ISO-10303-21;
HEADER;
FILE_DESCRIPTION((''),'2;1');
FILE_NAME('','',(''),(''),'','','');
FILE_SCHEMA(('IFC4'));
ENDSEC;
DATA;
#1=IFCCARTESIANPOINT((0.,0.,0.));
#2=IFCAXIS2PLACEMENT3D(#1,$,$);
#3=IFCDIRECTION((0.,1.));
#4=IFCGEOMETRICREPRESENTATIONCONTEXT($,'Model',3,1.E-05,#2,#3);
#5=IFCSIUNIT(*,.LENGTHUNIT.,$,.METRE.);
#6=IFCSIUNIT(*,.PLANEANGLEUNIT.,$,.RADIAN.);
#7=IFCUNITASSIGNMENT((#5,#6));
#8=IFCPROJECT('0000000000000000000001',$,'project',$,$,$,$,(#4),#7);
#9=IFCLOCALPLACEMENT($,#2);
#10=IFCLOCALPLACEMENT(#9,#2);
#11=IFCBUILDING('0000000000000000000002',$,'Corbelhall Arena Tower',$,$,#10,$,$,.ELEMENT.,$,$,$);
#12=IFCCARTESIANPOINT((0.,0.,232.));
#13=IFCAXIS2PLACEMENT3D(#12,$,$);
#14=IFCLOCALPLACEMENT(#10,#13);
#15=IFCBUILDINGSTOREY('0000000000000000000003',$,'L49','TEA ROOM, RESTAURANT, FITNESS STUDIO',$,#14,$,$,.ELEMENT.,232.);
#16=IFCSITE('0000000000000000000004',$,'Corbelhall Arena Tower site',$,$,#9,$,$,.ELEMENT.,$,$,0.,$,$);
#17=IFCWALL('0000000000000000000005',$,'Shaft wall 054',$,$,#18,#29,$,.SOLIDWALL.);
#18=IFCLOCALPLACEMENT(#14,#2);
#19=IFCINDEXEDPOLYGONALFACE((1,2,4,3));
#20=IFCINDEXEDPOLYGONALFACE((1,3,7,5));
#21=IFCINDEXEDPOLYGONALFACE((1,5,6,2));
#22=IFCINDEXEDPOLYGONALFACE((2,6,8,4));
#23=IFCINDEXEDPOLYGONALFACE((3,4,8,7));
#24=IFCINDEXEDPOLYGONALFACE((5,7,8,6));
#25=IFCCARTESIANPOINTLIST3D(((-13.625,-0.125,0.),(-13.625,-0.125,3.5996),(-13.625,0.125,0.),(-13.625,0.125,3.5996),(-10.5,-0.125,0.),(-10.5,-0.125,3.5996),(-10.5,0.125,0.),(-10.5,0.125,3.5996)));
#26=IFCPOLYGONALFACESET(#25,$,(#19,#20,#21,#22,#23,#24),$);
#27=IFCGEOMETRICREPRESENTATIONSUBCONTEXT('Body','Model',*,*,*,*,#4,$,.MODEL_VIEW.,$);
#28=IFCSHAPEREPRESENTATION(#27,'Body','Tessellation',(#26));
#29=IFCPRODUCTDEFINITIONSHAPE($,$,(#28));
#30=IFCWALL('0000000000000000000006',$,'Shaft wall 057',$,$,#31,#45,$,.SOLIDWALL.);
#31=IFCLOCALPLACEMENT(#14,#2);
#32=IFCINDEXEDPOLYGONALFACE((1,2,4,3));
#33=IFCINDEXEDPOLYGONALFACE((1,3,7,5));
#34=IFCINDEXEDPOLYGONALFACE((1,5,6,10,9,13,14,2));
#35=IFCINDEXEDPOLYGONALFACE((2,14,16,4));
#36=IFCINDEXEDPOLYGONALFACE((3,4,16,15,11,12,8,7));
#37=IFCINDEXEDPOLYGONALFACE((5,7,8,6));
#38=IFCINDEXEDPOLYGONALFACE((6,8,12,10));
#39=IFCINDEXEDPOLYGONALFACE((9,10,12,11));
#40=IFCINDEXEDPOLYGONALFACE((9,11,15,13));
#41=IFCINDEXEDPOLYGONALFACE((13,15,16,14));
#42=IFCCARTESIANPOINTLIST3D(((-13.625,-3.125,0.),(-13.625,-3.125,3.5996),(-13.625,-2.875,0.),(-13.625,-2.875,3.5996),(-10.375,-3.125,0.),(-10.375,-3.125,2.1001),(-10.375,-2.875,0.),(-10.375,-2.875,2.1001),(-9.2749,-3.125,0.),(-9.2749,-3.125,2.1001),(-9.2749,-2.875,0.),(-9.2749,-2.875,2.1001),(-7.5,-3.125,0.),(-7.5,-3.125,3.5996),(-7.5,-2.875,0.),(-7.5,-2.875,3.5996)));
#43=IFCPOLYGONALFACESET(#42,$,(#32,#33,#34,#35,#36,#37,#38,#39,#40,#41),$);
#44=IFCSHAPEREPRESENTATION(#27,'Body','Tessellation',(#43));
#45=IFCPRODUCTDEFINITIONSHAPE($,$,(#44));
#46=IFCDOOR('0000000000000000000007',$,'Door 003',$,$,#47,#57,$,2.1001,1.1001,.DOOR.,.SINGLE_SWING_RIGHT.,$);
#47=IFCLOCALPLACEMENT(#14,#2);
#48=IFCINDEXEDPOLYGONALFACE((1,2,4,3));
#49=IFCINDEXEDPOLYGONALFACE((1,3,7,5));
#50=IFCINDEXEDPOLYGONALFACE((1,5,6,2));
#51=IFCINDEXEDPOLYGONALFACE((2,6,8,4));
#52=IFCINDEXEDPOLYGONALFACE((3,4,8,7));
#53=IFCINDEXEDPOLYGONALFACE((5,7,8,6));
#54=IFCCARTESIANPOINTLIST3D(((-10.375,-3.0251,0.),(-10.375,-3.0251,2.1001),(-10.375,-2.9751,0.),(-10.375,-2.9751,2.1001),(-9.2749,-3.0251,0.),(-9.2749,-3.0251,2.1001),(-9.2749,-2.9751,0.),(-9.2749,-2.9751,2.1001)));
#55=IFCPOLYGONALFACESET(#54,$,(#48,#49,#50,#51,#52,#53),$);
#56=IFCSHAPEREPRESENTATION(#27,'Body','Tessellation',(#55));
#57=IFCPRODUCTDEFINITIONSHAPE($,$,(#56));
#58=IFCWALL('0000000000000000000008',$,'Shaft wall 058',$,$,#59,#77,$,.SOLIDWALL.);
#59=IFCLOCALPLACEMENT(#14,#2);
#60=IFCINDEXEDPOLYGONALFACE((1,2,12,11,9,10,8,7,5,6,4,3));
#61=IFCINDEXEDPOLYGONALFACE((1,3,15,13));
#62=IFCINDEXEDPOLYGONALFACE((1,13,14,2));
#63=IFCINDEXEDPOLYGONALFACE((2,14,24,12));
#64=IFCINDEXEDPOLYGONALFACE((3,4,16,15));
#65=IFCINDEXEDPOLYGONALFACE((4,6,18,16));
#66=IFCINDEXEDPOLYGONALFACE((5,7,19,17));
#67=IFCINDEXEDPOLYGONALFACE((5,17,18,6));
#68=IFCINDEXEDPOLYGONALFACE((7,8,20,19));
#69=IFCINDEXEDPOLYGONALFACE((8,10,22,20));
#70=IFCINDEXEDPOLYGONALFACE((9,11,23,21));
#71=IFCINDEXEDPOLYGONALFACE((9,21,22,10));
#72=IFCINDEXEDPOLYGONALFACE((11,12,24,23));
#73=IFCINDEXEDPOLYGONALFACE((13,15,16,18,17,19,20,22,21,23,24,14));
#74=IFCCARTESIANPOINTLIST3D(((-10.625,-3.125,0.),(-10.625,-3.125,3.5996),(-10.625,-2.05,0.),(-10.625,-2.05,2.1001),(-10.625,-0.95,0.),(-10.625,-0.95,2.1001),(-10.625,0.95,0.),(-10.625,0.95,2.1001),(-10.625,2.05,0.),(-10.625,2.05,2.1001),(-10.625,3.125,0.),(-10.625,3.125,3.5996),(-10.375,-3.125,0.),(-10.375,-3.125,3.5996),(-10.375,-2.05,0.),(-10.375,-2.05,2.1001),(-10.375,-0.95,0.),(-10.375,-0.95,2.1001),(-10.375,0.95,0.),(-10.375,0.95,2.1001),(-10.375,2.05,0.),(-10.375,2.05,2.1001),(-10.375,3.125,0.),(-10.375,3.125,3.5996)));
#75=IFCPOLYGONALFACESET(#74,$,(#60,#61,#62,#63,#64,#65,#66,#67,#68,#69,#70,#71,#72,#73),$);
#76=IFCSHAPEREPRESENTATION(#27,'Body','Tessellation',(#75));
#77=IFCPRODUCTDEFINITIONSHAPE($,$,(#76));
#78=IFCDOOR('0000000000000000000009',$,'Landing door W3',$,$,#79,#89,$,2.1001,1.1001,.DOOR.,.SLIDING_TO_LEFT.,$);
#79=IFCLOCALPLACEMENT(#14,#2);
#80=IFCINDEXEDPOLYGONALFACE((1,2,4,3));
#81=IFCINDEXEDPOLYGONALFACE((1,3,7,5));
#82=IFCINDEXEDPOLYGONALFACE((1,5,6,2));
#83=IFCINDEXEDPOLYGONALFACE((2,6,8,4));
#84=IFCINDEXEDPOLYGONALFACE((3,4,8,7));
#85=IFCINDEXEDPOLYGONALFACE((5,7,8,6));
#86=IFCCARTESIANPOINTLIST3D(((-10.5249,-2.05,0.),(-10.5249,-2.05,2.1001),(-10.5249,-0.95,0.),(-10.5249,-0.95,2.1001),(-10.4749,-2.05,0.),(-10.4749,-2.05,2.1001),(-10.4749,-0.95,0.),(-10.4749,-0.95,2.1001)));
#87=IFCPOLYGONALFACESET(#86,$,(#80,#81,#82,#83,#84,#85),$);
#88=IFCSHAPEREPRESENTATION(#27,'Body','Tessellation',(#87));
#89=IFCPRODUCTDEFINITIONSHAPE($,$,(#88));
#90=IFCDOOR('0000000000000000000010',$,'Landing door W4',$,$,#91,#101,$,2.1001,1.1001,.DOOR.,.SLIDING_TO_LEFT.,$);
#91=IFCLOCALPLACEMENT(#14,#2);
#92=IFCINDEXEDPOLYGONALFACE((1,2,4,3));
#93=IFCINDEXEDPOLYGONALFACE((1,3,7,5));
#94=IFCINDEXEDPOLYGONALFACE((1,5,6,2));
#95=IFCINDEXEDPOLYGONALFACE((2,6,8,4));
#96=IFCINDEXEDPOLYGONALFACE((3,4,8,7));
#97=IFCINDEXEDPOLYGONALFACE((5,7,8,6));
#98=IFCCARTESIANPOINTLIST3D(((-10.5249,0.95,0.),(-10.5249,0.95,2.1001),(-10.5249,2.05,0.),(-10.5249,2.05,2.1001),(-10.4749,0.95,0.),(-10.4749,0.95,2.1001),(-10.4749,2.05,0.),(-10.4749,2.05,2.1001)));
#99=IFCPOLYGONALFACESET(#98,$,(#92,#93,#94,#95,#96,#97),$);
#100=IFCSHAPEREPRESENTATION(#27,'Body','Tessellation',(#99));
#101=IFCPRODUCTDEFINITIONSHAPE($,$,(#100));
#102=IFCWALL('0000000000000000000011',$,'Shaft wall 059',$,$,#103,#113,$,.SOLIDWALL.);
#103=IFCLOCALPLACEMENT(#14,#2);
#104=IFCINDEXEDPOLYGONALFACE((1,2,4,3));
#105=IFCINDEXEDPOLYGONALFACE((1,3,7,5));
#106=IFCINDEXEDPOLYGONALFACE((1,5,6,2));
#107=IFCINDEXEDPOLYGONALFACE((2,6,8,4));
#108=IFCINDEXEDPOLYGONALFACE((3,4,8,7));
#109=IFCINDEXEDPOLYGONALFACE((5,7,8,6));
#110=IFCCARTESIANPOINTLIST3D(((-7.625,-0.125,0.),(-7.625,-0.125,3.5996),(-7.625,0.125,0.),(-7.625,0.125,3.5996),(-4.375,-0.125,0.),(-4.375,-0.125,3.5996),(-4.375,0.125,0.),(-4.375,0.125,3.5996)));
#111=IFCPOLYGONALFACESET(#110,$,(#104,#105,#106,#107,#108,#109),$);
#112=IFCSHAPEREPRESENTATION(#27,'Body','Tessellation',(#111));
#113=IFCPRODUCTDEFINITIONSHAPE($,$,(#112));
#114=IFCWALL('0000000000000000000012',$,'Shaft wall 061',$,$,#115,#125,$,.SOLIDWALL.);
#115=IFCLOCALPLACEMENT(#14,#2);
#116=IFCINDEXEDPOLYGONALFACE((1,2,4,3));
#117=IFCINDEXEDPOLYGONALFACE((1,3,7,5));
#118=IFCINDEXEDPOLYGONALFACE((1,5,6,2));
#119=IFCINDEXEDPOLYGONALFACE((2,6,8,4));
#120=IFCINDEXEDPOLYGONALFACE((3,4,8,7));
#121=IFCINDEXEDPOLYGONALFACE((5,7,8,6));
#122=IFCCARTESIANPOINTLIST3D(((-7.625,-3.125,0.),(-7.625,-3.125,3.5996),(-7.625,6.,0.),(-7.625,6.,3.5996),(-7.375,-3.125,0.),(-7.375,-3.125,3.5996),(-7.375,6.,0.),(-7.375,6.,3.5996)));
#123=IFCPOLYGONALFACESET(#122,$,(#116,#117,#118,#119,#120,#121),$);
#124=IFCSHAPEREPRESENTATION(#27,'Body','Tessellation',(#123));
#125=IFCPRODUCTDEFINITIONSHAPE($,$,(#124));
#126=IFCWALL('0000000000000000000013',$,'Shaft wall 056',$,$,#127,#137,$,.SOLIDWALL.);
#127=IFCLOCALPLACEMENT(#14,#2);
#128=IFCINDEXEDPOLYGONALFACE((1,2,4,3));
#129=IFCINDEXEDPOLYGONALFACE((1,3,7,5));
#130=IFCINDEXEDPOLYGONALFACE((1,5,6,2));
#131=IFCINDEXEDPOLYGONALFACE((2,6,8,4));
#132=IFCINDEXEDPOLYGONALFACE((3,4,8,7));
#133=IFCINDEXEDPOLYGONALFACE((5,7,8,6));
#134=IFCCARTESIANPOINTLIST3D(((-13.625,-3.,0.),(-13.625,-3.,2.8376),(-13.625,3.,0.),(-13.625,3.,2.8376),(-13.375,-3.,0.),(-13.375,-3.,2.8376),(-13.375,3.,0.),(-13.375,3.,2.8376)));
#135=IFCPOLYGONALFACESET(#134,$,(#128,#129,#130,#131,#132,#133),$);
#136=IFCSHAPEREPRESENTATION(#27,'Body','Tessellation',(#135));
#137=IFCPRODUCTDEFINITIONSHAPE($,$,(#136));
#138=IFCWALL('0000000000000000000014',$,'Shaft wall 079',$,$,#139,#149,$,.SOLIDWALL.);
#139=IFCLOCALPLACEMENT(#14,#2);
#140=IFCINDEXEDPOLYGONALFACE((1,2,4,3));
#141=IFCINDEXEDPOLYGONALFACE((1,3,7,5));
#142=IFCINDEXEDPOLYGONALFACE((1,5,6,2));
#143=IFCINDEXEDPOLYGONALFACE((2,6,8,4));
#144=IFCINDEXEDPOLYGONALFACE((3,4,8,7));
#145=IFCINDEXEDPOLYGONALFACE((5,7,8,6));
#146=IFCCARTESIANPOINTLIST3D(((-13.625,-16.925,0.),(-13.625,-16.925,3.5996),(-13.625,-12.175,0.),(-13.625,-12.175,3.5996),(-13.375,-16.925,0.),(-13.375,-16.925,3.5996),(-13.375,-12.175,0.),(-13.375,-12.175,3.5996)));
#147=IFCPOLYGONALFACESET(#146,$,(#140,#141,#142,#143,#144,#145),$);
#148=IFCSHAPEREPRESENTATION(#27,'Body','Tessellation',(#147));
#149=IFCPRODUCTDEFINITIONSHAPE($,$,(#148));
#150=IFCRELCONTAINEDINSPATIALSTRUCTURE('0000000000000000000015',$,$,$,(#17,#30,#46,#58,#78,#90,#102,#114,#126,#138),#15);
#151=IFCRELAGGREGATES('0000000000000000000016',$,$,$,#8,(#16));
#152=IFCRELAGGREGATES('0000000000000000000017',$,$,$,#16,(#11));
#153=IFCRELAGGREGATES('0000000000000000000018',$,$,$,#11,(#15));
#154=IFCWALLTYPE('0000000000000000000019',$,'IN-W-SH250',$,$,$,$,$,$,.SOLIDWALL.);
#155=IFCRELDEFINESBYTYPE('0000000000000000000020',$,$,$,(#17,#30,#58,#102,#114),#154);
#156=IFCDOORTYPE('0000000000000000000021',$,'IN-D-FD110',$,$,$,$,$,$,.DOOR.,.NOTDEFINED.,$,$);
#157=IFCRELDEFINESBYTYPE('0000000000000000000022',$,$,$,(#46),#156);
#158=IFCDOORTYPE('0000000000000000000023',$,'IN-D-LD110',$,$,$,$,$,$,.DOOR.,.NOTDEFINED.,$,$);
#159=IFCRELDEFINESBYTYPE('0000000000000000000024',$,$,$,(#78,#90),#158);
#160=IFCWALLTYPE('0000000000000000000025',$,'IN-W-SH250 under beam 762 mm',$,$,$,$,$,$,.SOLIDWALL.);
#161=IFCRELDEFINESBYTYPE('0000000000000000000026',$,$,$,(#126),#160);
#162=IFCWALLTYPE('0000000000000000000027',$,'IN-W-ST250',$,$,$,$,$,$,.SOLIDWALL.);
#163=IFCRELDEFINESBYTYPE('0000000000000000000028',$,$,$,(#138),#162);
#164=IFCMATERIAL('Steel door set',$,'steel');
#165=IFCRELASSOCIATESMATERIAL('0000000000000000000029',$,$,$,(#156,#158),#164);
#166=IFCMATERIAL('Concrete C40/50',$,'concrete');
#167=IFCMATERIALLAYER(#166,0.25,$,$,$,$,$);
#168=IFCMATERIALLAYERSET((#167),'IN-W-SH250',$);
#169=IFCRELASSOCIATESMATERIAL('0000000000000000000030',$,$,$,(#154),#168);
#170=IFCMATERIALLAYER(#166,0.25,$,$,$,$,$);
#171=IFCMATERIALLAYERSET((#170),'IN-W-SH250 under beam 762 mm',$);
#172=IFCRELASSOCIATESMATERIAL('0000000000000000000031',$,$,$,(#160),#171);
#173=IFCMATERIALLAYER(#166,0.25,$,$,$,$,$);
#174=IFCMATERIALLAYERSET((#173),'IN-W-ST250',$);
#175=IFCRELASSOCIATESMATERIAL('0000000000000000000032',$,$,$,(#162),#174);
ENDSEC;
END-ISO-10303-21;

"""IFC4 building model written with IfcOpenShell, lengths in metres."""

from ifc_helpers import new_model, si_unit, direction, frame, frame_2d, origin, place, context, subcontext, project, spatial, rectangle, extrude, material, layer, layer_set, type_object, element, fill, save


model = new_model("IFC4")

# Units and contexts
model_context = context("Model", 3, precision=1e-05, world=origin(), true_north=direction((0.0, 1.0)))
body_context = subcontext(model_context, "Body", "Model", "MODEL_VIEW")
ifc_project = project(units=[si_unit("LENGTHUNIT", "METRE"), si_unit("PLANEANGLEUNIT", "RADIAN")], contexts=[model_context])

# Site, building, storey
site_placement = place(None, origin())
site = spatial("IfcSite", under=ifc_project, at=site_placement, Name="Corbelhall Arena Tower site", CompositionType="ELEMENT", RefElevation=0.0)
building_placement = place(site_placement, origin())
building = spatial("IfcBuilding", under=site, at=building_placement, Name="Corbelhall Arena Tower", CompositionType="ELEMENT")
storey_placement = place(building_placement, frame((0.0, 0.0, 232.0)))
storey = spatial("IfcBuildingStorey", under=building, at=storey_placement, Name="L49", Description="TEA ROOM, RESTAURANT, FITNESS STUDIO", CompositionType="ELEMENT", Elevation=232.0)

# Shared definitions
ifc_material_1 = material(Name="Steel door set", Category="steel")
door_type_1 = type_object("IfcDoorType", Name="IN-D-FD110", OperationType="NOTDEFINED", PredefinedType="DOOR", material=ifc_material_1)

# Wall
ifc_material_2 = material(Name="Concrete C40/50", Category="concrete")
ifc_layer_1 = layer(ifc_material_2, 0.25)
ifc_layer_set_1 = layer_set([ifc_layer_1], Name="IN-W-SH250")
wall_type_1 = type_object("IfcWallType", Name="IN-W-SH250", PredefinedType="SOLIDWALL", material=ifc_layer_set_1)
wall_1_placement = place(storey_placement, frame((-13.625, 0.0, 0.0), z_axis=(0.0, 0.0, 1.0), x_axis=(1.0, 0.0, 0.0)))
element("IfcWall", 1, at=wall_1_placement, inside=storey, type_object=wall_type_1, Name="Shaft wall 054", PredefinedType="SOLIDWALL", context=body_context, shape_type="SweptSolid", body=[
    extrude(rectangle(XDim=3.125, YDim=0.25, at=frame_2d((1.5625, 0.0))), origin(), (0.0, 0.0, 1.0), 3.5996),
])

# Wall, opening, door
wall_2_placement = place(storey_placement, frame((-13.625, -3.0, 0.0), z_axis=(0.0, 0.0, 1.0), x_axis=(1.0, 0.0, 0.0)))
wall_2 = element("IfcWall", 2, at=wall_2_placement, inside=storey, type_object=wall_type_1, Name="Shaft wall 057", PredefinedType="SOLIDWALL", context=body_context, shape_type="SweptSolid", body=[
    extrude(rectangle(XDim=6.125, YDim=0.25, at=frame_2d((3.0625, 0.0))), origin(), (0.0, 0.0, 1.0), 3.5996),
])
opening_1_placement = place(wall_2_placement, frame((3.25, 0.0, 0.0)))
opening_1 = element("IfcOpeningElement", 3, at=opening_1_placement, cuts=wall_2, PredefinedType="OPENING", context=body_context, shape_type="SweptSolid", body=[
    extrude(rectangle(XDim=1.1001, YDim=2.1001, at=frame_2d((0.55, 1.05))), frame((0.0, 0.125, 0.0), z_axis=(0.0, -1.0, 0.0), x_axis=(1.0, 0.0, 0.0)), (0.0, 0.0, 1.0), 0.25),
])
door_1_placement = place(opening_1_placement, origin())
door_1 = element("IfcDoor", 4, at=door_1_placement, inside=storey, type_object=door_type_1, Name="Door 003", OperationType="SINGLE_SWING_RIGHT", OverallHeight=2.1001, OverallWidth=1.1001, PredefinedType="DOOR", context=body_context, shape_type="SweptSolid", body=[
    extrude(rectangle(XDim=1.1001, YDim=2.1001, at=frame_2d((0.55, 1.05))), frame((0.0, 0.0249, 0.0), z_axis=(0.0, -1.0, 0.0), x_axis=(1.0, 0.0, 0.0)), (0.0, 0.0, 1.0), 0.05),
])
fill(opening_1, door_1)

# Wall, openings, doors
wall_3_placement = place(storey_placement, frame((-10.5, -3.125, 0.0), z_axis=(0.0, 0.0, 1.0), x_axis=(0.0, 1.0, 0.0)))
wall_3 = element("IfcWall", 5, at=wall_3_placement, inside=storey, type_object=wall_type_1, Name="Shaft wall 058", PredefinedType="SOLIDWALL", context=body_context, shape_type="SweptSolid", body=[
    extrude(rectangle(XDim=6.25, YDim=0.25, at=frame_2d((3.125, 0.0))), origin(), (0.0, 0.0, 1.0), 3.5996),
])
opening_2_placement = place(wall_3_placement, frame((1.075, 0.0, 0.0)))
opening_2 = element("IfcOpeningElement", 6, at=opening_2_placement, cuts=wall_3, PredefinedType="OPENING", context=body_context, shape_type="SweptSolid", body=[
    extrude(rectangle(XDim=1.1001, YDim=2.1001, at=frame_2d((0.55, 1.05))), frame((0.0, 0.125, 0.0), z_axis=(0.0, -1.0, 0.0), x_axis=(1.0, 0.0, 0.0)), (0.0, 0.0, 1.0), 0.25),
])
opening_3_placement = place(wall_3_placement, frame((4.075, 0.0, 0.0)))
opening_3 = element("IfcOpeningElement", 7, at=opening_3_placement, cuts=wall_3, PredefinedType="OPENING", context=body_context, shape_type="SweptSolid", body=[
    extrude(rectangle(XDim=1.1001, YDim=2.1001, at=frame_2d((0.55, 1.05))), frame((0.0, 0.125, 0.0), z_axis=(0.0, -1.0, 0.0), x_axis=(1.0, 0.0, 0.0)), (0.0, 0.0, 1.0), 0.25),
])
door_type_2 = type_object("IfcDoorType", Name="IN-D-LD110", OperationType="NOTDEFINED", PredefinedType="DOOR", material=ifc_material_1)
door_2_placement = place(opening_2_placement, origin())
door_2 = element("IfcDoor", 8, at=door_2_placement, inside=storey, type_object=door_type_2, Name="Landing door W3", OperationType="SLIDING_TO_LEFT", OverallHeight=2.1001, OverallWidth=1.1001, PredefinedType="DOOR", context=body_context, shape_type="SweptSolid", body=[
    extrude(rectangle(XDim=1.1001, YDim=2.1001, at=frame_2d((0.55, 1.05))), frame((0.0, 0.0249, 0.0), z_axis=(0.0, -1.0, 0.0), x_axis=(1.0, 0.0, 0.0)), (0.0, 0.0, 1.0), 0.05),
])
fill(opening_2, door_2)
door_3_placement = place(opening_3_placement, origin())
door_3 = element("IfcDoor", 9, at=door_3_placement, inside=storey, type_object=door_type_2, Name="Landing door W4", OperationType="SLIDING_TO_LEFT", OverallHeight=2.1001, OverallWidth=1.1001, PredefinedType="DOOR", context=body_context, shape_type="SweptSolid", body=[
    extrude(rectangle(XDim=1.1001, YDim=2.1001, at=frame_2d((0.55, 1.05))), frame((0.0, 0.0249, 0.0), z_axis=(0.0, -1.0, 0.0), x_axis=(1.0, 0.0, 0.0)), (0.0, 0.0, 1.0), 0.05),
])
fill(opening_3, door_3)

# Walls
wall_4_placement = place(storey_placement, frame((-7.625, 0.0, 0.0), z_axis=(0.0, 0.0, 1.0), x_axis=(1.0, 0.0, 0.0)))
element("IfcWall", 10, at=wall_4_placement, inside=storey, type_object=wall_type_1, Name="Shaft wall 059", PredefinedType="SOLIDWALL", context=body_context, shape_type="SweptSolid", body=[
    extrude(rectangle(XDim=3.25, YDim=0.25, at=frame_2d((1.625, 0.0))), origin(), (0.0, 0.0, 1.0), 3.5996),
])
wall_5_placement = place(storey_placement, frame((-7.5, -3.125, 0.0), z_axis=(0.0, 0.0, 1.0), x_axis=(0.0, 1.0, 0.0)))
element("IfcWall", 11, at=wall_5_placement, inside=storey, type_object=wall_type_1, Name="Shaft wall 061", PredefinedType="SOLIDWALL", context=body_context, shape_type="SweptSolid", body=[
    extrude(rectangle(XDim=9.125, YDim=0.25, at=frame_2d((4.5625, 0.0))), origin(), (0.0, 0.0, 1.0), 3.5996),
])
ifc_layer_2 = layer(ifc_material_2, 0.25)
ifc_layer_set_2 = layer_set([ifc_layer_2], Name="IN-W-SH250 under beam 762 mm")
wall_type_2 = type_object("IfcWallType", Name="IN-W-SH250 under beam 762 mm", PredefinedType="SOLIDWALL", material=ifc_layer_set_2)
wall_6_placement = place(storey_placement, frame((-13.5, -3.0, 0.0), z_axis=(0.0, 0.0, 1.0), x_axis=(0.0, 1.0, 0.0)))
element("IfcWall", 12, at=wall_6_placement, inside=storey, type_object=wall_type_2, Name="Shaft wall 056", PredefinedType="SOLIDWALL", context=body_context, shape_type="SweptSolid", body=[
    extrude(rectangle(XDim=6.0, YDim=0.25, at=frame_2d((3.0, 0.0))), origin(), (0.0, 0.0, 1.0), 2.8376),
])
ifc_layer_3 = layer(ifc_material_2, 0.25)
ifc_layer_set_3 = layer_set([ifc_layer_3], Name="IN-W-ST250")
wall_type_3 = type_object("IfcWallType", Name="IN-W-ST250", PredefinedType="SOLIDWALL", material=ifc_layer_set_3)
wall_7_placement = place(storey_placement, frame((-13.5, -12.175, 0.0), z_axis=(0.0, 0.0, 1.0), x_axis=(0.0, -1.0, 0.0)))
element("IfcWall", 13, at=wall_7_placement, inside=storey, type_object=wall_type_3, Name="Shaft wall 079", PredefinedType="SOLIDWALL", context=body_context, shape_type="SweptSolid", body=[
    extrude(rectangle(XDim=4.75, YDim=0.25, at=frame_2d((2.375, 0.0))), origin(), (0.0, 0.0, 1.0), 3.5996),
])

save(model, "model.ifc")
